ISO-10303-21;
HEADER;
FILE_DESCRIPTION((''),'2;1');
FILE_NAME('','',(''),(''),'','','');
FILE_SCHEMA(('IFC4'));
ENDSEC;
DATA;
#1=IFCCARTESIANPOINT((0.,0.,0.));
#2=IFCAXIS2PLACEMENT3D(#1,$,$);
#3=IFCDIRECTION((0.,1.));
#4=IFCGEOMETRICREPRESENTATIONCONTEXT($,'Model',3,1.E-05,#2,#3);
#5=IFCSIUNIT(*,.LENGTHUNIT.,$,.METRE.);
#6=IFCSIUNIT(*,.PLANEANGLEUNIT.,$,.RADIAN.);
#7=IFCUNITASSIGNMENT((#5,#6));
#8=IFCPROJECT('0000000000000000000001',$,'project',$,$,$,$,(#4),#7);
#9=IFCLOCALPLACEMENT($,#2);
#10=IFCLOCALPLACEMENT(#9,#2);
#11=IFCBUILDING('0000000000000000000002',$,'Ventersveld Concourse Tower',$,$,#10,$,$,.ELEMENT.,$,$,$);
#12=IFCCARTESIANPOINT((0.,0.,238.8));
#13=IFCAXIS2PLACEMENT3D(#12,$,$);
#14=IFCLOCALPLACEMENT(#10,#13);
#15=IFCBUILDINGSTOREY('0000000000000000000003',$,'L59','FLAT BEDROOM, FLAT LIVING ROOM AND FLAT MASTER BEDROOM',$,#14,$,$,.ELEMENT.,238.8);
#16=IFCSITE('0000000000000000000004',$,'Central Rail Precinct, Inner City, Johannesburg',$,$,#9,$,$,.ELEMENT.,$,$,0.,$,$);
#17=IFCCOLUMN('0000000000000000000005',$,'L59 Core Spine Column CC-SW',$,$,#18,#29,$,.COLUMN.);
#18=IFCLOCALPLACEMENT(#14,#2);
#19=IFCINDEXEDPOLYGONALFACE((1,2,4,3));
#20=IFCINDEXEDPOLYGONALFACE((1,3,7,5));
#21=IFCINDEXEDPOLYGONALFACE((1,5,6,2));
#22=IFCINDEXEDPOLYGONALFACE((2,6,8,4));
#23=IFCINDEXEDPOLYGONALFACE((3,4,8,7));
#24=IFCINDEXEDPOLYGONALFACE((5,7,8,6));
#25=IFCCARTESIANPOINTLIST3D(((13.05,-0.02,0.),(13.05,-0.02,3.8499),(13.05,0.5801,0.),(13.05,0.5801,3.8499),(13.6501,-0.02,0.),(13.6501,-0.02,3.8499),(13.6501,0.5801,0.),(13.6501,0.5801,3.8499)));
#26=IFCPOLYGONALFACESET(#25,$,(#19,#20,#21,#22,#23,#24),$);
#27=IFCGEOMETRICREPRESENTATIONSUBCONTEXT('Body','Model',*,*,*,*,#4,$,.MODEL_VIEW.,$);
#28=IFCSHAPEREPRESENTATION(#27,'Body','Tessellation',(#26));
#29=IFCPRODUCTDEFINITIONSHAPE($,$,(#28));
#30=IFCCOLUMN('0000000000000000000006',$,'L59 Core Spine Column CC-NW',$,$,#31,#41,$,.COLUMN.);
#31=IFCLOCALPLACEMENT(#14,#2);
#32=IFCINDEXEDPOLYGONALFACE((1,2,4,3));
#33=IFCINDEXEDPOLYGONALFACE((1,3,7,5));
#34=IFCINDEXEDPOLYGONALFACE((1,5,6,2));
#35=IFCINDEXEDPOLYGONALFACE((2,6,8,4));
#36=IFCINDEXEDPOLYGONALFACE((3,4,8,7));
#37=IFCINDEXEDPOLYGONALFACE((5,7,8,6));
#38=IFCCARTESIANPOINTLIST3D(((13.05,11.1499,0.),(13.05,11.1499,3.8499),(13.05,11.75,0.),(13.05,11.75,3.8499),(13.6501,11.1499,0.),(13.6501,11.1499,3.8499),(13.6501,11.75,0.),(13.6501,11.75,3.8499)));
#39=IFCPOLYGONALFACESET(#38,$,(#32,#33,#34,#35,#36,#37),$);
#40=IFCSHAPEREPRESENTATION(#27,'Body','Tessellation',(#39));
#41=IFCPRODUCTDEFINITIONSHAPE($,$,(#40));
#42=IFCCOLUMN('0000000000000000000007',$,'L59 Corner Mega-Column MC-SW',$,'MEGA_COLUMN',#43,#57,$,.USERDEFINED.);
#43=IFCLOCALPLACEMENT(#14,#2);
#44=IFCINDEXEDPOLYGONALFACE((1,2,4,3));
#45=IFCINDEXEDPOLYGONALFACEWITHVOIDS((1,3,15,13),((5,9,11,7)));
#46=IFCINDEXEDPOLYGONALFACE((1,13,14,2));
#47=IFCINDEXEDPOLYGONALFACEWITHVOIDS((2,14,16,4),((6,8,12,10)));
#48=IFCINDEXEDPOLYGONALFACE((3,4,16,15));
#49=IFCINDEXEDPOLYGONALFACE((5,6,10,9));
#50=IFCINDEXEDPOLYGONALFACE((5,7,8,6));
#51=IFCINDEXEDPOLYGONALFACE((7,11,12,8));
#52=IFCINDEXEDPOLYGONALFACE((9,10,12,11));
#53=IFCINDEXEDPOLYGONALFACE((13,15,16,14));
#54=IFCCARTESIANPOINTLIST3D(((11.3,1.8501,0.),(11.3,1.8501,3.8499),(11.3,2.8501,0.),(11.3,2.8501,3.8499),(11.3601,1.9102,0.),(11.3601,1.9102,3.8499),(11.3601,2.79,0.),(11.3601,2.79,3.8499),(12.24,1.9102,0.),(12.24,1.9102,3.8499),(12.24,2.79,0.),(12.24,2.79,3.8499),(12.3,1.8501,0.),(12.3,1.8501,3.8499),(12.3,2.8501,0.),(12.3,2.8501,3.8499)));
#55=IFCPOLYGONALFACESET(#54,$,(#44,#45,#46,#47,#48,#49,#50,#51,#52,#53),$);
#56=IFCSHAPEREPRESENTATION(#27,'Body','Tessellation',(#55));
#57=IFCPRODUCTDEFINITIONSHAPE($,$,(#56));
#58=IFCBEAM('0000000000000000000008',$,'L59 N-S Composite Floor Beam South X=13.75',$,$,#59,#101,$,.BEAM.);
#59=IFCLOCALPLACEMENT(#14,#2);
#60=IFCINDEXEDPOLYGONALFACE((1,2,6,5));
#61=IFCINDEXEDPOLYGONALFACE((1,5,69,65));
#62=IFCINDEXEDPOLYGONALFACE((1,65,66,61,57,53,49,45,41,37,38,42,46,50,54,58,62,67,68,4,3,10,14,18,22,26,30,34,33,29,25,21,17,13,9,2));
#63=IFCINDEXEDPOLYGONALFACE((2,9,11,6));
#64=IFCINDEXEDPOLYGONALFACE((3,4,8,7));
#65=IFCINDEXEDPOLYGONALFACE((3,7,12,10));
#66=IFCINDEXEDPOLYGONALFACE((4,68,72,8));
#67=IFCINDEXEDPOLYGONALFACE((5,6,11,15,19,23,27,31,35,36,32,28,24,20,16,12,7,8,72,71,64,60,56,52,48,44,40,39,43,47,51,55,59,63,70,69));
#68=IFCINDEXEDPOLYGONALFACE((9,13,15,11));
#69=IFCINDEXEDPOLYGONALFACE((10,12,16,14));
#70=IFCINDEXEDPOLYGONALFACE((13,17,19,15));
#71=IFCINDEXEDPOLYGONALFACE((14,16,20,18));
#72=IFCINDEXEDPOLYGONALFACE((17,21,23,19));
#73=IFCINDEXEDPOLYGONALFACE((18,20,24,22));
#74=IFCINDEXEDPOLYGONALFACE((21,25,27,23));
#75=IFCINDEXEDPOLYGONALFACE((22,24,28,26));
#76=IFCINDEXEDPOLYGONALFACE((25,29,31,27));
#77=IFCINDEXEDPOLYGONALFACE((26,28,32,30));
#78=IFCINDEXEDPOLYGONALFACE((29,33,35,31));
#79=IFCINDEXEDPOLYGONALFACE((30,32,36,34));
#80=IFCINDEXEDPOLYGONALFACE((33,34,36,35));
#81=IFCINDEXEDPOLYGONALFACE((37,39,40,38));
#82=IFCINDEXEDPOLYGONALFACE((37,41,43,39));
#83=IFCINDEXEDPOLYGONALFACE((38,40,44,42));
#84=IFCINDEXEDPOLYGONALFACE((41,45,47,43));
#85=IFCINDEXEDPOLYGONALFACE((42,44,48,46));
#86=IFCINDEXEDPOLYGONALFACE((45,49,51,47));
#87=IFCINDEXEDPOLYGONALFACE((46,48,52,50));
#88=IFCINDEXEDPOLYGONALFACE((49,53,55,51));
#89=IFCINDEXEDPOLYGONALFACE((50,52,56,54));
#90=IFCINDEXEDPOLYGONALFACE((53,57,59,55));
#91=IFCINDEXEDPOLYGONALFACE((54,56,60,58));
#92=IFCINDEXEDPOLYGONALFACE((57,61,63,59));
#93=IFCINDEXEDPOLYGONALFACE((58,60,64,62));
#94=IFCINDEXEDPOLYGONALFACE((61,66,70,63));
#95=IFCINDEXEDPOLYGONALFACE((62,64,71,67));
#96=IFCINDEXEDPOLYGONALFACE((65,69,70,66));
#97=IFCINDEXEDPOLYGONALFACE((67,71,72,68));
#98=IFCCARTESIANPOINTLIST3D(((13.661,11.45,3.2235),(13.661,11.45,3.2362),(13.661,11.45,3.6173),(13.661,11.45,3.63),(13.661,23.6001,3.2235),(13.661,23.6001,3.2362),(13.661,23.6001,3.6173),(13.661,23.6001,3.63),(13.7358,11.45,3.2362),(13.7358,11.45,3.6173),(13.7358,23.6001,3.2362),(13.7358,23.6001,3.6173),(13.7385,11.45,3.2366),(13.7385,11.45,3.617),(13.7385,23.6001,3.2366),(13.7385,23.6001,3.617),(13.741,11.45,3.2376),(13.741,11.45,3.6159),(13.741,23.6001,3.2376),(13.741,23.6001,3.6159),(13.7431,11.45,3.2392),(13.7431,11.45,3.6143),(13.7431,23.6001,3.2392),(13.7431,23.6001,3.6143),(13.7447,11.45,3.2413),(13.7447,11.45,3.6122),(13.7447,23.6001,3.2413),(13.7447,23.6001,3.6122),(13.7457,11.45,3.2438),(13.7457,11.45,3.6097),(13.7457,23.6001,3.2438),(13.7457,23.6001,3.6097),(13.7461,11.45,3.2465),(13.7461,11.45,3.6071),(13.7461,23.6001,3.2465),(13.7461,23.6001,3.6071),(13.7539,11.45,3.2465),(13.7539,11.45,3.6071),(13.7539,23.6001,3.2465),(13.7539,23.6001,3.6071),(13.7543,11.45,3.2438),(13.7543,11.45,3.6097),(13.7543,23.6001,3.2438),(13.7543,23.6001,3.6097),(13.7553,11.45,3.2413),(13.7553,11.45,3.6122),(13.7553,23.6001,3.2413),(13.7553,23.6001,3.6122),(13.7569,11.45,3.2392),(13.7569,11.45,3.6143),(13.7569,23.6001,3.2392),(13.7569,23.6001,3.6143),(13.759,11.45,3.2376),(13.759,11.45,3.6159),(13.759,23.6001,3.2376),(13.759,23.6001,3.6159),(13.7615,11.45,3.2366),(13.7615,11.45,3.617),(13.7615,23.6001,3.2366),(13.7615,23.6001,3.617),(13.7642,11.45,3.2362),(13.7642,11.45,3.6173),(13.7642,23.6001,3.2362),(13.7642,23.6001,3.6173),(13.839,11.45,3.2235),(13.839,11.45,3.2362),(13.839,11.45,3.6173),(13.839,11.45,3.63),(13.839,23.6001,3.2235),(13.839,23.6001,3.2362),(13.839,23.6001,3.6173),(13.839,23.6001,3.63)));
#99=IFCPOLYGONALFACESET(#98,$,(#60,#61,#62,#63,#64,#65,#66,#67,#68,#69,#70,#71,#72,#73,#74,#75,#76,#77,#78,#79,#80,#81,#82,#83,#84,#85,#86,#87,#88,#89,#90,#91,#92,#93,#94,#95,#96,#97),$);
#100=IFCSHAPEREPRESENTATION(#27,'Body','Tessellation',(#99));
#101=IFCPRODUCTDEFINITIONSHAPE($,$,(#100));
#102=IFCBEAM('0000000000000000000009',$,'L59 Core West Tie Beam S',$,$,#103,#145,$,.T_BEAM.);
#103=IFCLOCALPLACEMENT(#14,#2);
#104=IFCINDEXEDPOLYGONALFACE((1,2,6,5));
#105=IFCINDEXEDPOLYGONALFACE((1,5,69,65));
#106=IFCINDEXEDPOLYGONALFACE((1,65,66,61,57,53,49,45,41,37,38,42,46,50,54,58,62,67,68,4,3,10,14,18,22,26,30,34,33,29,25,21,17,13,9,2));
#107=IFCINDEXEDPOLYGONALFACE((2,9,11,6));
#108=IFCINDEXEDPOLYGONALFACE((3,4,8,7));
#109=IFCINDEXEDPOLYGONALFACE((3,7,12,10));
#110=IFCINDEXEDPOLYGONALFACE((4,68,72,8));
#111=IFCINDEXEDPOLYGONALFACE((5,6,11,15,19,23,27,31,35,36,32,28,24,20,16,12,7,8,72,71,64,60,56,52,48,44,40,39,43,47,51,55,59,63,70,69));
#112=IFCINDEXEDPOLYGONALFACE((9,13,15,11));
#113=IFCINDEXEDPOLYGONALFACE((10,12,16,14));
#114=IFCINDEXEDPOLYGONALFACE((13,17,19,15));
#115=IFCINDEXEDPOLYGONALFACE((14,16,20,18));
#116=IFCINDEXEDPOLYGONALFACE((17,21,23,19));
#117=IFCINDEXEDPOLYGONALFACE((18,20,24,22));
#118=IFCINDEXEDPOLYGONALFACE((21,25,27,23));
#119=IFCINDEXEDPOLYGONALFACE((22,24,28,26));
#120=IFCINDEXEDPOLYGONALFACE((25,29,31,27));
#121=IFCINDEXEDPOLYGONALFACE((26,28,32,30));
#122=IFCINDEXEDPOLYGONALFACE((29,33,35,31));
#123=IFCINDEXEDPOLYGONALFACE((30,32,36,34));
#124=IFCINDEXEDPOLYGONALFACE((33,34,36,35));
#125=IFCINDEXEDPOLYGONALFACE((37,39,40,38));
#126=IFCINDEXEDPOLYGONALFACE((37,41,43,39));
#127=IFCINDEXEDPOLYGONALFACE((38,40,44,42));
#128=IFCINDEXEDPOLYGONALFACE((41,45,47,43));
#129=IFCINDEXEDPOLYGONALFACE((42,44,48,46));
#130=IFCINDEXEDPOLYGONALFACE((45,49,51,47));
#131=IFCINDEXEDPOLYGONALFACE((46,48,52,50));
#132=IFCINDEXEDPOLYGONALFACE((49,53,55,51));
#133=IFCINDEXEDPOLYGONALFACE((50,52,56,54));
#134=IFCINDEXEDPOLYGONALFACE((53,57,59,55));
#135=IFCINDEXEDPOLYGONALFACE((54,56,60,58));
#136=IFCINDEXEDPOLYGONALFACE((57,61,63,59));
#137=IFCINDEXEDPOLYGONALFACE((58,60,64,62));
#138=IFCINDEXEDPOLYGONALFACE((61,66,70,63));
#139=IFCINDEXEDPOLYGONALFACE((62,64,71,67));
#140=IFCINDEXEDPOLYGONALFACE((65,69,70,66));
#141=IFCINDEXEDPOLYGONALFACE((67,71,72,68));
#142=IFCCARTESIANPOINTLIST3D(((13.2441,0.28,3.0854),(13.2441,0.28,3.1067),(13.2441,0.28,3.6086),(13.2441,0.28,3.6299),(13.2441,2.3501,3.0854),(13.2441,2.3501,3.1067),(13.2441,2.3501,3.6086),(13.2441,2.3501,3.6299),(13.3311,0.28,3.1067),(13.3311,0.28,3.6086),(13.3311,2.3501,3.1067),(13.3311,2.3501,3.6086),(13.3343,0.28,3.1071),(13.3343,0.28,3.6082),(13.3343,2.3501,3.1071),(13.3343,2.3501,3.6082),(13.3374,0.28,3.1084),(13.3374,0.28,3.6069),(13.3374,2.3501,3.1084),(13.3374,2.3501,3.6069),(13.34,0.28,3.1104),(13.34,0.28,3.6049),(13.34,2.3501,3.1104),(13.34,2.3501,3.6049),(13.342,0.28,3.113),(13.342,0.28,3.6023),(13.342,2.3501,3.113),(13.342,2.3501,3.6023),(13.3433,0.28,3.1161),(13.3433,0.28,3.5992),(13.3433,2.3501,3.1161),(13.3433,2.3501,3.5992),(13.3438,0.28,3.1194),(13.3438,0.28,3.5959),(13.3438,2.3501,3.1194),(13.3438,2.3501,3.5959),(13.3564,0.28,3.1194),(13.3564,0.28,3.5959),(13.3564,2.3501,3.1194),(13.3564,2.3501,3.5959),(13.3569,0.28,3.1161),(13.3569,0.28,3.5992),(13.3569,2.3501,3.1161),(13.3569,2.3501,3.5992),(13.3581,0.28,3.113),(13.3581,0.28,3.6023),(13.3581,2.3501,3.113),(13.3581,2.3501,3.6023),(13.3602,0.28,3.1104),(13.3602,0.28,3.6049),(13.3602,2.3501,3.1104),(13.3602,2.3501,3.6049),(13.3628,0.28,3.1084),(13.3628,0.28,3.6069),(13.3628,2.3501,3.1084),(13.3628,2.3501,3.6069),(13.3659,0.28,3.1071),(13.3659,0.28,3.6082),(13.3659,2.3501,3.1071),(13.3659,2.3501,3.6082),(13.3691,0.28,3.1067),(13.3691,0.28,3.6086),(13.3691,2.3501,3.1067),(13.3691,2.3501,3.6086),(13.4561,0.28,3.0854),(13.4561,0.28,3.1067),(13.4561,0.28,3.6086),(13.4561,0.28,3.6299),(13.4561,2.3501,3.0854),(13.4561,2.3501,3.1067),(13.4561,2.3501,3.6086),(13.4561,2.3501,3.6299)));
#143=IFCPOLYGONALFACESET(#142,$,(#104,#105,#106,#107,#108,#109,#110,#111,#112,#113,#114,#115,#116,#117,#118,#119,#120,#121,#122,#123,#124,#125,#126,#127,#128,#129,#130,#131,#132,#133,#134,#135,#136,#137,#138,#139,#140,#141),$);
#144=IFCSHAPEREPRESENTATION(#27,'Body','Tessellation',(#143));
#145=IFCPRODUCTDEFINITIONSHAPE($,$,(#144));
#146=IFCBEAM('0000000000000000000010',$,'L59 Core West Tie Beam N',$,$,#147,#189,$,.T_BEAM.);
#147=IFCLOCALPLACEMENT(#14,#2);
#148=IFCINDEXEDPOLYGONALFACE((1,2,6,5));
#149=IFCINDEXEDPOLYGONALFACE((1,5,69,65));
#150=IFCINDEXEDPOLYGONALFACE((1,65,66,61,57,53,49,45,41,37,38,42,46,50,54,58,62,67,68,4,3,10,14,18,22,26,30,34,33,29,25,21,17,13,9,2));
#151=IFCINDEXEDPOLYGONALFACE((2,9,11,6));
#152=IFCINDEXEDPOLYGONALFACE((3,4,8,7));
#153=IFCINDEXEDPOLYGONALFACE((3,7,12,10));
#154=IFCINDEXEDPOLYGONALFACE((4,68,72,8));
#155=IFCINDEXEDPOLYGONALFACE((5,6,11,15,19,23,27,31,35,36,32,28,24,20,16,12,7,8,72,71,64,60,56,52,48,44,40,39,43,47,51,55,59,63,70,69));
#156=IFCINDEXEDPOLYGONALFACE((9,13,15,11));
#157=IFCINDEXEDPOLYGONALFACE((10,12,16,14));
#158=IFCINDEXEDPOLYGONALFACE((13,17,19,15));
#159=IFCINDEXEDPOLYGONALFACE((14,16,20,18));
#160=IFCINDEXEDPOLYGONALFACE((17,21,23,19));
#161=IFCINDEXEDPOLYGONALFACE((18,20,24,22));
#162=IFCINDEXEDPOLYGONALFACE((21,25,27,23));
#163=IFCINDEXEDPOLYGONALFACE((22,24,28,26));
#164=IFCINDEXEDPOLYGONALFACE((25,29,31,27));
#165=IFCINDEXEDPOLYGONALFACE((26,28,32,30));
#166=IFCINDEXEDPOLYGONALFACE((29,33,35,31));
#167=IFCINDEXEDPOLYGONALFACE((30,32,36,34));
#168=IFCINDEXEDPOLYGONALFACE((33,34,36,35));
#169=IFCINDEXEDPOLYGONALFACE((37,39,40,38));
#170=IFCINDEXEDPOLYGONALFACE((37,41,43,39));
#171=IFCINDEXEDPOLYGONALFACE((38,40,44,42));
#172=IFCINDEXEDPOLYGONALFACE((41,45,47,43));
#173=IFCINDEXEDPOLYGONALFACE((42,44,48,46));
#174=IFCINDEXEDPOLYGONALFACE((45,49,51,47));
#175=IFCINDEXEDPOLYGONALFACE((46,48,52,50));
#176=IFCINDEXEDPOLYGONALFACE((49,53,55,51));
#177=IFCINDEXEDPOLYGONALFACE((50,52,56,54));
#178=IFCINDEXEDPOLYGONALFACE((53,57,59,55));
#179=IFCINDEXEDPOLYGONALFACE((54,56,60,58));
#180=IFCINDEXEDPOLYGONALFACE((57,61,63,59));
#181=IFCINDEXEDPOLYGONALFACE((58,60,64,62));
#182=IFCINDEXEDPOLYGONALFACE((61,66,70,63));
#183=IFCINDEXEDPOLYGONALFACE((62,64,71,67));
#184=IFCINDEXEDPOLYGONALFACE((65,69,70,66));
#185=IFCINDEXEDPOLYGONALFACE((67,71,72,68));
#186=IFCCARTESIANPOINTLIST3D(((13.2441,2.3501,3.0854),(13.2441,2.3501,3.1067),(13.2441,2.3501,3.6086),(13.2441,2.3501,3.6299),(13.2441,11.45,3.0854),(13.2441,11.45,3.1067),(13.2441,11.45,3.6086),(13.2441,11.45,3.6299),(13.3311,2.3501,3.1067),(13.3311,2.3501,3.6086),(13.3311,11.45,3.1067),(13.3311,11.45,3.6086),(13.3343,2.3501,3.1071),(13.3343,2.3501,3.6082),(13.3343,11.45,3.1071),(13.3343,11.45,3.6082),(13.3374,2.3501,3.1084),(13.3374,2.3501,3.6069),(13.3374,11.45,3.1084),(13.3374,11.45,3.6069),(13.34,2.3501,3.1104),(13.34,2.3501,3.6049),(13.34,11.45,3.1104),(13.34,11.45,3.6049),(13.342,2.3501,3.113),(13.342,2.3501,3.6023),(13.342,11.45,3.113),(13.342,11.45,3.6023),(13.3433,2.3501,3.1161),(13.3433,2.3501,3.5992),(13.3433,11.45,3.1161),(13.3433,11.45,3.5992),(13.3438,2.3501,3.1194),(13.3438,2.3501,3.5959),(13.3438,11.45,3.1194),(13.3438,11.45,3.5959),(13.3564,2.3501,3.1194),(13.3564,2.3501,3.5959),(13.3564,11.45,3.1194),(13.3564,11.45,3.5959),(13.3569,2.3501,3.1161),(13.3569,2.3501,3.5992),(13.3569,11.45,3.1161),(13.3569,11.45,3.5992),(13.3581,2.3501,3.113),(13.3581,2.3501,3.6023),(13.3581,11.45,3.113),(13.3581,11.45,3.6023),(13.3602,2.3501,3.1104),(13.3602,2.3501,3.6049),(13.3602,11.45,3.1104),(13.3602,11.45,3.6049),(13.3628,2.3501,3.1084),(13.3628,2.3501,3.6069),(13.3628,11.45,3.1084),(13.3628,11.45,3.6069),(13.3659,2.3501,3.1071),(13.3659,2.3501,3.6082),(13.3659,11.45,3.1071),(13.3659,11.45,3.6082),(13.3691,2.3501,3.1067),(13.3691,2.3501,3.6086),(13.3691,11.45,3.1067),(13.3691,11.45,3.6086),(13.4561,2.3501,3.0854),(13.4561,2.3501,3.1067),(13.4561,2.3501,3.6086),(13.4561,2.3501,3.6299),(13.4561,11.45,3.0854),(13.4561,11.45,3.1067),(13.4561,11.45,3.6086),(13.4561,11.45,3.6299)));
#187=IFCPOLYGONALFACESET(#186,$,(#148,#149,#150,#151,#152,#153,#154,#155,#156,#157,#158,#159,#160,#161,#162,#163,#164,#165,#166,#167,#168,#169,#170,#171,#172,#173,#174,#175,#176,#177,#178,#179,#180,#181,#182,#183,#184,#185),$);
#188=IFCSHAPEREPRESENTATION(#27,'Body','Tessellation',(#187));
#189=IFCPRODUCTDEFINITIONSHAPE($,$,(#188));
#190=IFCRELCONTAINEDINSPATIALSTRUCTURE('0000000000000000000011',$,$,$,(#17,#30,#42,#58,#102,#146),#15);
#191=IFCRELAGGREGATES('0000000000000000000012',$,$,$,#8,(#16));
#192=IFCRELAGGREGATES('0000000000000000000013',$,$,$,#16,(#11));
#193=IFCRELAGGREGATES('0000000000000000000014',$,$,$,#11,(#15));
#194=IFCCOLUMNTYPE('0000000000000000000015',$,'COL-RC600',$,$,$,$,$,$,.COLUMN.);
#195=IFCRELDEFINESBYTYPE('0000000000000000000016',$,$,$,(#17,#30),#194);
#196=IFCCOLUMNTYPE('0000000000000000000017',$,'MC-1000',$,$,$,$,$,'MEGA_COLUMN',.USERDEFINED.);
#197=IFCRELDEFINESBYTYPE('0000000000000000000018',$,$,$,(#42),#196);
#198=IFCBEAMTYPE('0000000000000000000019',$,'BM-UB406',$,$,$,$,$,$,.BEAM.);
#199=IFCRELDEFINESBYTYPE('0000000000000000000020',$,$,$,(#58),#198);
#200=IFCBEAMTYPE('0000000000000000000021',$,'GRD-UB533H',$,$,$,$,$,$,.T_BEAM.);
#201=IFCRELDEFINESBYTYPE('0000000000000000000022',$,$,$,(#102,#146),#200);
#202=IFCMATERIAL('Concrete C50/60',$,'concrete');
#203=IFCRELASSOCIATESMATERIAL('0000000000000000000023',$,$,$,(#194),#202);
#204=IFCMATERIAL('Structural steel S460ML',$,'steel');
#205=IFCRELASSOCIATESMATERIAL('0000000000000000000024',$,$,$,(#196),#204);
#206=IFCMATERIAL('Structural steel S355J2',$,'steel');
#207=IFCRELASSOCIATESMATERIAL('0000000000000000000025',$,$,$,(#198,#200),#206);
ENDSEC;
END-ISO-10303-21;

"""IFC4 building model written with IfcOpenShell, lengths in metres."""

from ifc_helpers import new_model, si_unit, direction, frame, origin, origin_2d, place, context, subcontext, project, spatial, rectangle, hollow_rectangle, i_section, extrude, material, material_profile, profile_set, type_object, element, save


model = new_model("IFC4")

# Units and contexts
model_context = context("Model", 3, precision=1e-05, world=origin(), true_north=direction((0.0, 1.0)))
body_context = subcontext(model_context, "Body", "Model", "MODEL_VIEW")
ifc_project = project(units=[si_unit("LENGTHUNIT", "METRE"), si_unit("PLANEANGLEUNIT", "RADIAN")], contexts=[model_context])

# Site, building, storey
site_placement = place(None, origin())
site = spatial("IfcSite", under=ifc_project, at=site_placement, Name="Central Rail Precinct, Inner City, Johannesburg", CompositionType="ELEMENT", RefElevation=0.0)
building_placement = place(site_placement, origin())
building = spatial("IfcBuilding", under=site, at=building_placement, Name="Ventersveld Concourse Tower", CompositionType="ELEMENT")
storey_placement = place(building_placement, frame((0.0, 0.0, 238.8)))
storey = spatial("IfcBuildingStorey", under=building, at=storey_placement, Name="L59", Description="FLAT BEDROOM, FLAT LIVING ROOM AND FLAT MASTER BEDROOM", CompositionType="ELEMENT", Elevation=238.8)

# Columns
ifc_material_1 = material(Name="Concrete C50/60", Category="concrete")
ifc_material_profile_1 = material_profile(ifc_material_1, rectangle(XDim=0.6001, YDim=0.6001, at=origin_2d()), Name="RC 600x600")
ifc_profile_set_1 = profile_set([ifc_material_profile_1], Name="Concrete C50/60")
column_type_1 = type_object("IfcColumnType", Name="COL-RC600", PredefinedType="COLUMN", material=ifc_profile_set_1)
for number, where, z_axis, x_axis, name in (
    (1, (13.3501, 0.28, 0.0), (0.0, 0.0, 1.0), (1.0, 0.0, 0.0), "L59 Core Spine Column CC-SW"),
    (2, (13.3501, 11.45, 0.0), (0.0, 0.0, 1.0), (1.0, 0.0, 0.0), "L59 Core Spine Column CC-NW"),
):
    element("IfcColumn", number, at=place(storey_placement, frame(where, z_axis=z_axis, x_axis=x_axis)), inside=storey, type_object=column_type_1, Name=name, PredefinedType="COLUMN", context=body_context, shape_type="SweptSolid", body=[
        extrude(rectangle(XDim=0.6001, YDim=0.6001, at=origin_2d()), origin(), (0.0, 0.0, 1.0), 3.8499),
    ])
ifc_material_2 = material(Name="Structural steel S460ML", Category="steel")
ifc_material_profile_2 = material_profile(ifc_material_2, hollow_rectangle(XDim=1.0, YDim=1.0, WallThickness=0.0601, at=origin_2d()), Name="BOX 1000x1000x60")
ifc_profile_set_2 = profile_set([ifc_material_profile_2], Name="Structural steel S460ML")
column_type_2 = type_object("IfcColumnType", Name="MC-1000", ElementType="MEGA_COLUMN", PredefinedType="USERDEFINED", material=ifc_profile_set_2)
column_placement = place(storey_placement, frame((11.8, 2.3501, 0.0), z_axis=(0.0, 0.0, 1.0), x_axis=(1.0, 0.0, 0.0)))
element("IfcColumn", 3, at=column_placement, inside=storey, type_object=column_type_2, Name="L59 Corner Mega-Column MC-SW", ObjectType="MEGA_COLUMN", PredefinedType="USERDEFINED", context=body_context, shape_type="SweptSolid", body=[
    extrude(hollow_rectangle(XDim=1.0, YDim=1.0, WallThickness=0.0601, at=origin_2d()), origin(), (0.0, 0.0, 1.0), 3.8499),
])

# Beams
ifc_material_3 = material(Name="Structural steel S355J2", Category="steel")
ifc_material_profile_3 = material_profile(ifc_material_3, i_section(OverallWidth=0.178, OverallDepth=0.4065, WebThickness=0.0078, FlangeThickness=0.0127, FilletRadius=0.0103, at=origin_2d()), Name="UB 406x178x60")
ifc_profile_set_3 = profile_set([ifc_material_profile_3], Name="Structural steel S355J2")
beam_type_1 = type_object("IfcBeamType", Name="BM-UB406", PredefinedType="BEAM", material=ifc_profile_set_3)
beam_1_placement = place(storey_placement, frame((13.75, 11.45, 3.4268), z_axis=(0.0, 1.0, 0.0), x_axis=(-1.0, 0.0, 0.0)))
element("IfcBeam", 4, at=beam_1_placement, inside=storey, type_object=beam_type_1, Name="L59 N-S Composite Floor Beam South X=13.75", PredefinedType="BEAM", context=body_context, shape_type="SweptSolid", body=[
    extrude(i_section(OverallWidth=0.178, OverallDepth=0.4065, WebThickness=0.0078, FlangeThickness=0.0127, FilletRadius=0.0103, at=origin_2d()), origin(), (0.0, 0.0, 1.0), 12.1501),
])
ifc_material_profile_4 = material_profile(ifc_material_3, i_section(OverallWidth=0.2119, OverallDepth=0.5444, WebThickness=0.0127, FlangeThickness=0.0212, FilletRadius=0.0127, at=origin_2d()), Name="UB 533x210x122")
ifc_profile_set_4 = profile_set([ifc_material_profile_4], Name="Structural steel S355J2")
beam_type_2 = type_object("IfcBeamType", Name="GRD-UB533H", PredefinedType="T_BEAM", material=ifc_profile_set_4)
beam_2_placement = place(storey_placement, frame((13.3501, 0.28, 3.3577), z_axis=(0.0, 1.0, 0.0), x_axis=(-1.0, 0.0, 0.0)))
element("IfcBeam", 5, at=beam_2_placement, inside=storey, type_object=beam_type_2, Name="L59 Core West Tie Beam S", PredefinedType="T_BEAM", context=body_context, shape_type="SweptSolid", body=[
    extrude(i_section(OverallWidth=0.2119, OverallDepth=0.5444, WebThickness=0.0127, FlangeThickness=0.0212, FilletRadius=0.0127, at=origin_2d()), origin(), (0.0, 0.0, 1.0), 2.0701),
])
beam_3_placement = place(storey_placement, frame((13.3501, 2.3501, 3.3577), z_axis=(0.0, 1.0, 0.0), x_axis=(-1.0, 0.0, 0.0)))
element("IfcBeam", 6, at=beam_3_placement, inside=storey, type_object=beam_type_2, Name="L59 Core West Tie Beam N", PredefinedType="T_BEAM", context=body_context, shape_type="SweptSolid", body=[
    extrude(i_section(OverallWidth=0.2119, OverallDepth=0.5444, WebThickness=0.0127, FlangeThickness=0.0212, FilletRadius=0.0127, at=origin_2d()), origin(), (0.0, 0.0, 1.0), 9.0999),
])

save(model, "model.ifc")
